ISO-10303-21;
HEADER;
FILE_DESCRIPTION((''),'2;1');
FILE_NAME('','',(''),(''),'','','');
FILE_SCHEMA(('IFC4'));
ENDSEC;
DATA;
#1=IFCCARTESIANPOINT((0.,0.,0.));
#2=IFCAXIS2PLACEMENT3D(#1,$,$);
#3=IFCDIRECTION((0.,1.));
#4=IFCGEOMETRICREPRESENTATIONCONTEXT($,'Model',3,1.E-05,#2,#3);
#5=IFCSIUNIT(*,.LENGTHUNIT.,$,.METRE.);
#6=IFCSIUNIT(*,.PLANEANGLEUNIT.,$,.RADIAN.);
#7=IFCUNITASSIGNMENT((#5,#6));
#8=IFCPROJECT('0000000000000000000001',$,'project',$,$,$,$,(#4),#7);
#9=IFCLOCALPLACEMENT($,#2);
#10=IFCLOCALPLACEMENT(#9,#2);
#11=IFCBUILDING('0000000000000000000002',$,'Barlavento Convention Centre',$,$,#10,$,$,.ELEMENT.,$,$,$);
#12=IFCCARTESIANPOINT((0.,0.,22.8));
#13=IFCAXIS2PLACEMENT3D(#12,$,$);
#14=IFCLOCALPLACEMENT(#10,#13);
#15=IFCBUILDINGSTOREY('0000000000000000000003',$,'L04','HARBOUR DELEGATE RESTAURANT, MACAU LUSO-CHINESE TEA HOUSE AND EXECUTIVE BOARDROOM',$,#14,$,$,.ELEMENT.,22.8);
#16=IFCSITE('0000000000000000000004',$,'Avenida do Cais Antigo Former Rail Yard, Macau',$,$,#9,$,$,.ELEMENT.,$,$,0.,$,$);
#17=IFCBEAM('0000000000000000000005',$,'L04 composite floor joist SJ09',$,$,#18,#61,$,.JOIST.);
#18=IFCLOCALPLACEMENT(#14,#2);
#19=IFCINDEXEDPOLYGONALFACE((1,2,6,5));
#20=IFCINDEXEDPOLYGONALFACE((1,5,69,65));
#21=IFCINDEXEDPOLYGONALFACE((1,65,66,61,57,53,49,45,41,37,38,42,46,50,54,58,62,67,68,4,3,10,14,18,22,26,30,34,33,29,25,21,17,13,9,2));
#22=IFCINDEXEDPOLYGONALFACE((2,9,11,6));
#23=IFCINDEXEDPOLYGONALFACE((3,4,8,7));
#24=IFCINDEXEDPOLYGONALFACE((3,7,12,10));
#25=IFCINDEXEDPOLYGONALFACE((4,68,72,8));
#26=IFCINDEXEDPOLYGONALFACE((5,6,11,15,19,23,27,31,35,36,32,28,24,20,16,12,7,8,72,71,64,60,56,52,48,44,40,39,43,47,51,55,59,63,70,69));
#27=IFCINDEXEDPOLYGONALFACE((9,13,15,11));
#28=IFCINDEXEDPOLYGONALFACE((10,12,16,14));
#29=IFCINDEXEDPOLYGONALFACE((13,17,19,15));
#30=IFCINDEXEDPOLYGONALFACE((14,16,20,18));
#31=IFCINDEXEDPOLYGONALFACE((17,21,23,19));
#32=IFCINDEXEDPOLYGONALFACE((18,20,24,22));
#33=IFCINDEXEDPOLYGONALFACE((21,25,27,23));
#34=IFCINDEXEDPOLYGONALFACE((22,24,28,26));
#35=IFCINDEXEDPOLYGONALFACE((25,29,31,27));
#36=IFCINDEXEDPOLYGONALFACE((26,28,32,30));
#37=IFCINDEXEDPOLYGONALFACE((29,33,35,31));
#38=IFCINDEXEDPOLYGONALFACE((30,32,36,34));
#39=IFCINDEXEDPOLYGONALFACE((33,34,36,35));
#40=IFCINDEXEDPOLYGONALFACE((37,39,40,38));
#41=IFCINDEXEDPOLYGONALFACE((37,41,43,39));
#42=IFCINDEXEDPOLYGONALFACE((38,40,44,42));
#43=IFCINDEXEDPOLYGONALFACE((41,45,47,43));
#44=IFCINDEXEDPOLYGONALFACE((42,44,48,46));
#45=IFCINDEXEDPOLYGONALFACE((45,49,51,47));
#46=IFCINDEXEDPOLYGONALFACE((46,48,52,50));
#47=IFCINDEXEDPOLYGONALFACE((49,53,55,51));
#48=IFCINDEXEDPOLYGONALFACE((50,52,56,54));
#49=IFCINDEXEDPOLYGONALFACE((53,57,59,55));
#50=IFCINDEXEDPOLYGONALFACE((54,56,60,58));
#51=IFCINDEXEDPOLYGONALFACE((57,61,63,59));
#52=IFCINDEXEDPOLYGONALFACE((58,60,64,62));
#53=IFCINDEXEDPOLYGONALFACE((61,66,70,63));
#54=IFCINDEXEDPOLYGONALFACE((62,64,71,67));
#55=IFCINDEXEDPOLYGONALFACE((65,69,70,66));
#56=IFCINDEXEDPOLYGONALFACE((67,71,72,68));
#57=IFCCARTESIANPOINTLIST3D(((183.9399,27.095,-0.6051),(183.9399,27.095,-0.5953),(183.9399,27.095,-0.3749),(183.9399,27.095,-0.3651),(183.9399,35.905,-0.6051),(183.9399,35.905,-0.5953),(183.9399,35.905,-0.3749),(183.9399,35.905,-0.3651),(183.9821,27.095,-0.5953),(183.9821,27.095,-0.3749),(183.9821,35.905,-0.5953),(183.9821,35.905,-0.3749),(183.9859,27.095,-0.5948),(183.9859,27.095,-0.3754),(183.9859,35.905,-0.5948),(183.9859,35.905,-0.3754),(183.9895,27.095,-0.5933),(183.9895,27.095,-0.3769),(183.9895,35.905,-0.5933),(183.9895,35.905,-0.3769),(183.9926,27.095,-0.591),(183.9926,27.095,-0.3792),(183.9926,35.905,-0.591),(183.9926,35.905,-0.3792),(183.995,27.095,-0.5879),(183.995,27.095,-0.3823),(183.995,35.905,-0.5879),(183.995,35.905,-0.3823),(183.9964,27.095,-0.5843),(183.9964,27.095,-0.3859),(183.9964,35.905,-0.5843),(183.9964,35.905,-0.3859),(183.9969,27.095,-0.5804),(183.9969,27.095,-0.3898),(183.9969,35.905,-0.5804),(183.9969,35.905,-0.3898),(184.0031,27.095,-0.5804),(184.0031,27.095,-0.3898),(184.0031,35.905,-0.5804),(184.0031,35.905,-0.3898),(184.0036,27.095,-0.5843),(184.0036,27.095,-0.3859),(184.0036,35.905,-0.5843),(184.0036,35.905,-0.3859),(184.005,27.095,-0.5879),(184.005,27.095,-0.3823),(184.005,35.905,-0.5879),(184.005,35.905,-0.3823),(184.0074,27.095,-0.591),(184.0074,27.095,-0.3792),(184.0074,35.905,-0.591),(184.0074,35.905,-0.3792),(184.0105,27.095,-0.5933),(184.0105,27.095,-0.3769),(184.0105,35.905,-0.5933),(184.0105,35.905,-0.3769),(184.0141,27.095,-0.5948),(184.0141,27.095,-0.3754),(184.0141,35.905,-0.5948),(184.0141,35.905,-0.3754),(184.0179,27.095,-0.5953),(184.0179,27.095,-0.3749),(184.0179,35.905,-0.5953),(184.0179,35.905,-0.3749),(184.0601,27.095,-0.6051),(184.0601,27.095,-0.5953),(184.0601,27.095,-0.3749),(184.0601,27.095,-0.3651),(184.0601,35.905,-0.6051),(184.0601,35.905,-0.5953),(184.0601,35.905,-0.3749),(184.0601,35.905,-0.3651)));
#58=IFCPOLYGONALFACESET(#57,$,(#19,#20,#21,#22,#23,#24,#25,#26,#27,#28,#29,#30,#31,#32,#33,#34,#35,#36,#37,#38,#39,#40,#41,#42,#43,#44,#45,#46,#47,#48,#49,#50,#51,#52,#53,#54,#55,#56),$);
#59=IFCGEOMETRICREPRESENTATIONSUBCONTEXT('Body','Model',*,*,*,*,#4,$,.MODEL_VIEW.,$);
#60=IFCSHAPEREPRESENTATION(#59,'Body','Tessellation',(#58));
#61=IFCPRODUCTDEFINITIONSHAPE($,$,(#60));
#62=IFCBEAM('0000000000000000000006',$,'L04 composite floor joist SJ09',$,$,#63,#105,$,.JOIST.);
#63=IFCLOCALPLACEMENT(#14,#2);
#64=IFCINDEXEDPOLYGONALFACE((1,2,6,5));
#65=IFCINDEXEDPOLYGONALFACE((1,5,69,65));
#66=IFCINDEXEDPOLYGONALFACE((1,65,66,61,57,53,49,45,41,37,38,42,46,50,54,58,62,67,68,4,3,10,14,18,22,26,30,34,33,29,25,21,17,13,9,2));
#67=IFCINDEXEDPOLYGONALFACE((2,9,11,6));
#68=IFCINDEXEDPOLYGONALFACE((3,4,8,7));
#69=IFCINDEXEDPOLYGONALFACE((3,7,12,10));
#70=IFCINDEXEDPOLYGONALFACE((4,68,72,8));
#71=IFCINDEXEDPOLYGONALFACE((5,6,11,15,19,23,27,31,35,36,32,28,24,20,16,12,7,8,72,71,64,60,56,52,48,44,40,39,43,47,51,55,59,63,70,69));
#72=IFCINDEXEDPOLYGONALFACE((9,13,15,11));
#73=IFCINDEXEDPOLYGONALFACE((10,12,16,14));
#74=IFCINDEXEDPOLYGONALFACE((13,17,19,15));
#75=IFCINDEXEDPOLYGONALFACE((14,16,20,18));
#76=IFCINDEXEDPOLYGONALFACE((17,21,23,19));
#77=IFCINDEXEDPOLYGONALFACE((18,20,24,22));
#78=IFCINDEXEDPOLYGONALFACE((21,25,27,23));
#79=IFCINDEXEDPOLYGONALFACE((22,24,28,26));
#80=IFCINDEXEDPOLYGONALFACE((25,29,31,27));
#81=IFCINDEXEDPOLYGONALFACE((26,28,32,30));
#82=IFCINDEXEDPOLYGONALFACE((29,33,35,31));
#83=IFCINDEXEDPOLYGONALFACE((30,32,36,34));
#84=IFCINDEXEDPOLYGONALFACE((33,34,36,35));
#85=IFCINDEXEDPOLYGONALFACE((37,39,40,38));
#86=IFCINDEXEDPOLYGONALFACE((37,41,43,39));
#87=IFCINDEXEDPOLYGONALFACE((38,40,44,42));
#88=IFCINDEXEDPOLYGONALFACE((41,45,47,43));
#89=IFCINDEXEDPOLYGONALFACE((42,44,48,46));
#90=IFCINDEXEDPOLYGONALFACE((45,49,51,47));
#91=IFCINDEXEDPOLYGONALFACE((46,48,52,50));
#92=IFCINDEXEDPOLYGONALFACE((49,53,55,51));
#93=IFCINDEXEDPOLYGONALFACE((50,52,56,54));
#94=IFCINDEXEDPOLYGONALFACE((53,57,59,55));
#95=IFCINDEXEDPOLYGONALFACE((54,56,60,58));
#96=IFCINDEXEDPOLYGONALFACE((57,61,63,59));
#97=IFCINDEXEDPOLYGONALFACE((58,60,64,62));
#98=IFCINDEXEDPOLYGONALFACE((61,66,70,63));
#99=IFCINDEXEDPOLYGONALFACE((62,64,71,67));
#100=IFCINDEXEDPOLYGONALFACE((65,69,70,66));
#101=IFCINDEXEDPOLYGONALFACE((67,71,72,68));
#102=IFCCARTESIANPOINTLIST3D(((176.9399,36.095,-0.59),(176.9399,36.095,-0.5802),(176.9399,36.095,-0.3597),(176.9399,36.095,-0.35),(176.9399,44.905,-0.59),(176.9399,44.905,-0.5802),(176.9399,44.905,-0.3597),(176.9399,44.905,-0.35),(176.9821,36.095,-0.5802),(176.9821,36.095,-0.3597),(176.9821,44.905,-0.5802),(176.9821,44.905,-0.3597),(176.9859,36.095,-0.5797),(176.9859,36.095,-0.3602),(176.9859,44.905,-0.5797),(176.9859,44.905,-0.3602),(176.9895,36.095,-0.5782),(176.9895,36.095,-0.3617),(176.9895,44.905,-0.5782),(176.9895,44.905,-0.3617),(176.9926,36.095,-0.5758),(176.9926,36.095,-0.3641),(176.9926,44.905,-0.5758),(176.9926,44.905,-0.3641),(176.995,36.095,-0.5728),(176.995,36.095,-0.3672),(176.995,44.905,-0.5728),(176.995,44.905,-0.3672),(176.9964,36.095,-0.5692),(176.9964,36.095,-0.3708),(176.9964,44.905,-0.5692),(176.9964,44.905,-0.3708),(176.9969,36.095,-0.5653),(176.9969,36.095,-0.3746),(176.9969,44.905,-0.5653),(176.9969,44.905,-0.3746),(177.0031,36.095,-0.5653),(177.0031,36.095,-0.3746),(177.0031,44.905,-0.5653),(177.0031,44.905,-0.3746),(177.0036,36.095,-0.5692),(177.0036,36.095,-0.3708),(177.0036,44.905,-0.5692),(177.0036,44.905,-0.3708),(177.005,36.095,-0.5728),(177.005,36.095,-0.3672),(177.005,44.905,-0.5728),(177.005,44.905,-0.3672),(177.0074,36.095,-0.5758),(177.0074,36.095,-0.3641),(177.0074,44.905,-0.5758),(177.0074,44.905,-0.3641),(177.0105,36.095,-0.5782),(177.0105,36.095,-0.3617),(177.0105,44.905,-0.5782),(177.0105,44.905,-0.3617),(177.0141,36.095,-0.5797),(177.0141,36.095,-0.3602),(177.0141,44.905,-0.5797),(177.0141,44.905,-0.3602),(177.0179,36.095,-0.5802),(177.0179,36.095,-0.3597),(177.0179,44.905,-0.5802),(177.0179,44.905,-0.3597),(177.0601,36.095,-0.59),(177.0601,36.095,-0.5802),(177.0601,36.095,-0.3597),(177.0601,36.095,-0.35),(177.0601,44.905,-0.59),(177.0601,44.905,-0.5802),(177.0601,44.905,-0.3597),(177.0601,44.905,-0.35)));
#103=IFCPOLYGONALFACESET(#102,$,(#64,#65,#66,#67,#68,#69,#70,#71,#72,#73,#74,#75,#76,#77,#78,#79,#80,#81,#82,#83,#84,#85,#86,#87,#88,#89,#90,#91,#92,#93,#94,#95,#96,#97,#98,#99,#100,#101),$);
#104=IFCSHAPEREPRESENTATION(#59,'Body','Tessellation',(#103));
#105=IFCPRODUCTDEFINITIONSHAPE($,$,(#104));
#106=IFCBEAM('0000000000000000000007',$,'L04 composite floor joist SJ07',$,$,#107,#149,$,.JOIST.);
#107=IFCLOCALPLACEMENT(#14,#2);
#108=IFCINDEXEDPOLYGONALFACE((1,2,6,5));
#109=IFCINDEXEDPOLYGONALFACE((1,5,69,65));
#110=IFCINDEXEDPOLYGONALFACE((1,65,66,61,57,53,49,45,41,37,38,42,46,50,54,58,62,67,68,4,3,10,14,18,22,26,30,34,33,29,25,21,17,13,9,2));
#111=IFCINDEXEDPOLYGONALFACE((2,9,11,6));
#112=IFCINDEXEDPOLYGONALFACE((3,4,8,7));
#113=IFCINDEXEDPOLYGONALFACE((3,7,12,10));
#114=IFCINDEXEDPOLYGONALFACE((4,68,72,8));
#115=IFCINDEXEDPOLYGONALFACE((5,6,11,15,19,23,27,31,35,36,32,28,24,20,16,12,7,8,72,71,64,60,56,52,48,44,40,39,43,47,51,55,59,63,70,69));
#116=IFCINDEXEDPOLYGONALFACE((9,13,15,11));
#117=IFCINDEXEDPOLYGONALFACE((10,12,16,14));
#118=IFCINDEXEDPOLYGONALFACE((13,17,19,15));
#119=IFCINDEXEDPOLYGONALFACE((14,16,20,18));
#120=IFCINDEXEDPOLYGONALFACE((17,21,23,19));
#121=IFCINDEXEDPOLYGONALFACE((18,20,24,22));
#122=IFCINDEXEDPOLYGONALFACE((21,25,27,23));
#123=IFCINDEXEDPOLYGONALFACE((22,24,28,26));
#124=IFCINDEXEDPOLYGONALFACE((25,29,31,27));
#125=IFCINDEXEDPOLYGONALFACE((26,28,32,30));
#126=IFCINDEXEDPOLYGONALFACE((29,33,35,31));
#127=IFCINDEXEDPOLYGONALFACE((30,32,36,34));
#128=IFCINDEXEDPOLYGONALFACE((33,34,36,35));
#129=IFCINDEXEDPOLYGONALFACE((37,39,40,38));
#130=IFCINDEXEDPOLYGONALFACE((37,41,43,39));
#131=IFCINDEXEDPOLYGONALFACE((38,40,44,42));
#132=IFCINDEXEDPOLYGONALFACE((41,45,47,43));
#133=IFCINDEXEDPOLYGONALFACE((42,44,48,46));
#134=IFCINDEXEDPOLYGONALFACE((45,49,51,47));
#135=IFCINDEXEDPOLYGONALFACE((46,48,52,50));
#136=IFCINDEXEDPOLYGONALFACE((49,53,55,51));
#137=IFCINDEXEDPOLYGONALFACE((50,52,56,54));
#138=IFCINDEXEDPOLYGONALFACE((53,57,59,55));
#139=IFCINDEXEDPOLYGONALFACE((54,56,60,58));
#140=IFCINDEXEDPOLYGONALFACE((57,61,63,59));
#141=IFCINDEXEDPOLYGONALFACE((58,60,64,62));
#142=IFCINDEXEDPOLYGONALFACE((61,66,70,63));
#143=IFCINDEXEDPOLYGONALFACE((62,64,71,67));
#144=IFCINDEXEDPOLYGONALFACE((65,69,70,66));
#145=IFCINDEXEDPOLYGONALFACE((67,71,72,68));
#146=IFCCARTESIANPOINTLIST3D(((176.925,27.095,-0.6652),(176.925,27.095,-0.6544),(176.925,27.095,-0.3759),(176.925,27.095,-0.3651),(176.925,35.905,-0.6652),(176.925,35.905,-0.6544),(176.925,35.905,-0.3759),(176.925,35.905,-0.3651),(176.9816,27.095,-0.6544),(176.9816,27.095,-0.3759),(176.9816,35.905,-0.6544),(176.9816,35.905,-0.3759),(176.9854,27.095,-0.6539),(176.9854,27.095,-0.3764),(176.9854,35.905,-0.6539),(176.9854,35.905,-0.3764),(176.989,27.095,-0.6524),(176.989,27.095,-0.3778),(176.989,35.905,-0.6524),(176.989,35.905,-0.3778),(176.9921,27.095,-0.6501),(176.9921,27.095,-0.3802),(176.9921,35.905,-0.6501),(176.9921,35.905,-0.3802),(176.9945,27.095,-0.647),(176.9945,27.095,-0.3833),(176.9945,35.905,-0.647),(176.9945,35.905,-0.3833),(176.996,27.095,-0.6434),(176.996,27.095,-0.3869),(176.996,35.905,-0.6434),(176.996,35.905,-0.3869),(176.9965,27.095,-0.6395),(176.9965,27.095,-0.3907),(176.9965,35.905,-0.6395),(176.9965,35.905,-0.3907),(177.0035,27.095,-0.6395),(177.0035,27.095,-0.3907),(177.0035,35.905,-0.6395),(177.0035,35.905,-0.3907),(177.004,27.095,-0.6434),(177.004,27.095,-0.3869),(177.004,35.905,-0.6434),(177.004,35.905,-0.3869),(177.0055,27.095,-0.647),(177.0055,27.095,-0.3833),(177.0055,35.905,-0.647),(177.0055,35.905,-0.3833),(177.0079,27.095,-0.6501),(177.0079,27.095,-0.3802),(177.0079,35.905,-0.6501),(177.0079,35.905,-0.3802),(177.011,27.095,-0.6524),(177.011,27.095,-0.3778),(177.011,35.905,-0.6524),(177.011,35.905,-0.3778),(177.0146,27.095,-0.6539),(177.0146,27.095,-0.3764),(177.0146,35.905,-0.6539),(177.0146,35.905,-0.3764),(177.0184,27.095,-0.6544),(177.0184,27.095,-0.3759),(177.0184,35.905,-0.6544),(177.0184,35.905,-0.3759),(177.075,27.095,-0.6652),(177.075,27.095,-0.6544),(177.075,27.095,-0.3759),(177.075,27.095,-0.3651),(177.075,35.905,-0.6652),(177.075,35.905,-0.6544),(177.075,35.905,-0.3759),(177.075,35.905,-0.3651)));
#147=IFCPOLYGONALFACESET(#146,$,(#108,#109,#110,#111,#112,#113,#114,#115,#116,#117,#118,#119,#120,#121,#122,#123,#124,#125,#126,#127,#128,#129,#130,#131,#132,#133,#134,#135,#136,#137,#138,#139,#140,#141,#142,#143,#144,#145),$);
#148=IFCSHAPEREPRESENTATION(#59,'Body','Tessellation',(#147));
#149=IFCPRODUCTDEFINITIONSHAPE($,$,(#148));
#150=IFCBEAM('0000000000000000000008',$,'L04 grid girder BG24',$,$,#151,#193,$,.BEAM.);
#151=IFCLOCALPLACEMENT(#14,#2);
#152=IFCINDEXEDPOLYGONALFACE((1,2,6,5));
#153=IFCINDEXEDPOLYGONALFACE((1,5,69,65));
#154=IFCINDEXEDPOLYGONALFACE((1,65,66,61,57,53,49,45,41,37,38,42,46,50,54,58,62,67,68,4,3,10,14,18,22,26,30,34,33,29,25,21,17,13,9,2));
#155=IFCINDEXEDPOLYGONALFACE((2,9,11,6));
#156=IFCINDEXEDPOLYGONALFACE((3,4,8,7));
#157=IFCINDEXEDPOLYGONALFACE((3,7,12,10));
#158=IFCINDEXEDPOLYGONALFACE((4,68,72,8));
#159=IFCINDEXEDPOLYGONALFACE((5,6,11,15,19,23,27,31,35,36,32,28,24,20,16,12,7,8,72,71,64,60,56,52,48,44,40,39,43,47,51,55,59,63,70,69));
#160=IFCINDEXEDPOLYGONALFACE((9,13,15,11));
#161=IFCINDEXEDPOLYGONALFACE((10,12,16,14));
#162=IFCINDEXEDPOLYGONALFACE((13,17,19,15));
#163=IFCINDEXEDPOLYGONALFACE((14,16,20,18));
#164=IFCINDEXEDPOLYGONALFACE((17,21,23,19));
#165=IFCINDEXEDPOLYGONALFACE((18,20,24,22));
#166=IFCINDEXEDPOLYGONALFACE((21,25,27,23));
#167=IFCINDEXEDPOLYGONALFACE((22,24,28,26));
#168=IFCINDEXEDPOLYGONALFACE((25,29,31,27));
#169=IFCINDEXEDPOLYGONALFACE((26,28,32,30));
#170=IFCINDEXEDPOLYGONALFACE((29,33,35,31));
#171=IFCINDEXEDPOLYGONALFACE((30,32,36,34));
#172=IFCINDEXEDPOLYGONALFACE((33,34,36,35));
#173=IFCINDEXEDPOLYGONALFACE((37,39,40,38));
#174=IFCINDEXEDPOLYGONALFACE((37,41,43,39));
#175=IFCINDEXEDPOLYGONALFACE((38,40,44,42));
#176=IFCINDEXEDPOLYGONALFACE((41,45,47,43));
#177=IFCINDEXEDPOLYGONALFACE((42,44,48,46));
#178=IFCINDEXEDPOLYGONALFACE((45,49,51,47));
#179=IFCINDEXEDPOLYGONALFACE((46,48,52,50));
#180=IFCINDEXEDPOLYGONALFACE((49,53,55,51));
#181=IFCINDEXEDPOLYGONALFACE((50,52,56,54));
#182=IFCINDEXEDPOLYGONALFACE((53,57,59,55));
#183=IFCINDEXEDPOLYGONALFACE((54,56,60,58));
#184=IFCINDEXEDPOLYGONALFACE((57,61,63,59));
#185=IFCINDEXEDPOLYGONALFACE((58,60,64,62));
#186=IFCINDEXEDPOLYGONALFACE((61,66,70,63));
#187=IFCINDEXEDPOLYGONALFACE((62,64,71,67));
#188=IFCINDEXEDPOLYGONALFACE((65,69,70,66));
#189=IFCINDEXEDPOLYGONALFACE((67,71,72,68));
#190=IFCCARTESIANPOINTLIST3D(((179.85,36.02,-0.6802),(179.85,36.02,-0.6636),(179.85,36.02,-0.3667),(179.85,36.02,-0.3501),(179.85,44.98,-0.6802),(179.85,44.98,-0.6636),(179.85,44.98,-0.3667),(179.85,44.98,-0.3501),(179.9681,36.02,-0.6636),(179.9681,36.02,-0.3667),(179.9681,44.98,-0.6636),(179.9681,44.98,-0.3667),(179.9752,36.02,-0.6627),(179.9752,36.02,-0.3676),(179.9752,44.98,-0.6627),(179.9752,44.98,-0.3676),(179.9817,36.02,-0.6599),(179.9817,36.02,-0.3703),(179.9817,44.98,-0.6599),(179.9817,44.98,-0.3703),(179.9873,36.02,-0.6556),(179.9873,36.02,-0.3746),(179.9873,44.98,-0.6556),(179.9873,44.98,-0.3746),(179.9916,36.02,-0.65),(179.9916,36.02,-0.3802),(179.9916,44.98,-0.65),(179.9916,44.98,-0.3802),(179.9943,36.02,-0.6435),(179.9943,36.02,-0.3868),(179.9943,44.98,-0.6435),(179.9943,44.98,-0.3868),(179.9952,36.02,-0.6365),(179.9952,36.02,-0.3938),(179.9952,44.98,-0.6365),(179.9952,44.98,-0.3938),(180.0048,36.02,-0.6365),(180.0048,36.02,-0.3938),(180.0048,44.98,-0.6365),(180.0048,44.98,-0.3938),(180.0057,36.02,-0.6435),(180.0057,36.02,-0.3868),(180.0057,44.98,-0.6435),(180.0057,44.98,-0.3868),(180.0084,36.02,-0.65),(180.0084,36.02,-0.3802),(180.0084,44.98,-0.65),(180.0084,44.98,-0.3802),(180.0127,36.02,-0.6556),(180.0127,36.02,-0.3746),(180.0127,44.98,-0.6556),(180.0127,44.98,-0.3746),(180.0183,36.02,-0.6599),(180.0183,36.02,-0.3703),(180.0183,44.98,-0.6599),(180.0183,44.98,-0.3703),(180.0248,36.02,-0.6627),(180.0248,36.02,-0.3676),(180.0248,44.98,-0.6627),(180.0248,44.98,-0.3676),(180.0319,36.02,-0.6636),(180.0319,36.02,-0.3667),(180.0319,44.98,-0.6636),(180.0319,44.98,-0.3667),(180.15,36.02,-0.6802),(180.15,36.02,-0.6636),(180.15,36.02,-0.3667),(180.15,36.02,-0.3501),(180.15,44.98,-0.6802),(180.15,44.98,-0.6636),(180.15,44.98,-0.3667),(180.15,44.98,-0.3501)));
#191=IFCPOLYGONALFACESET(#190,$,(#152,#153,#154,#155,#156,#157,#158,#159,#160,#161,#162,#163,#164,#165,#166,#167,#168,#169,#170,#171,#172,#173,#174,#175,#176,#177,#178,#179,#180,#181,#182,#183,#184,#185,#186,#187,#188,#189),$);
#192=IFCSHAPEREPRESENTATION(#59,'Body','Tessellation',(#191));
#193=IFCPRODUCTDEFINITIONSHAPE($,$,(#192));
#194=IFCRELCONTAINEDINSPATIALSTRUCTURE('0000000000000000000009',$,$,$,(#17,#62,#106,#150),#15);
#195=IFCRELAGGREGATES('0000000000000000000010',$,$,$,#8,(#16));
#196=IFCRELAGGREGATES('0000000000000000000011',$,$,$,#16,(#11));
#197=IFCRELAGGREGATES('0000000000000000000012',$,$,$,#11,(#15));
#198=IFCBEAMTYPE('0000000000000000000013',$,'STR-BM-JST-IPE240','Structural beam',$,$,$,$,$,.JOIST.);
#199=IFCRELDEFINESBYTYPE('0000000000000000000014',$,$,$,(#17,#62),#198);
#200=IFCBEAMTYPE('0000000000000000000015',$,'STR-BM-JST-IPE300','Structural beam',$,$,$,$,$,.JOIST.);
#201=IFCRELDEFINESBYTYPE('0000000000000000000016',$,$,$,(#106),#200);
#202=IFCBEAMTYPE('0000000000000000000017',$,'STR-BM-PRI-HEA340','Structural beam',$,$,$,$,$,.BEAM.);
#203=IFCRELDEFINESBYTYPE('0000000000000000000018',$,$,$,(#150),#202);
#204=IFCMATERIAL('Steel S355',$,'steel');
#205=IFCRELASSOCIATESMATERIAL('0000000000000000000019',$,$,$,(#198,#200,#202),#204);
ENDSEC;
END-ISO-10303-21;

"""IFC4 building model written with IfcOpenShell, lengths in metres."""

from ifc_helpers import new_model, si_unit, direction, frame, origin, origin_2d, place, context, subcontext, project, spatial, i_section, extrude, material, material_profile, profile_set, type_object, element, save


model = new_model("IFC4")

# Units and contexts
model_context = context("Model", 3, precision=1e-05, world=origin(), true_north=direction((0.0, 1.0)))
body_context = subcontext(model_context, "Body", "Model", "MODEL_VIEW")
ifc_project = project(units=[si_unit("LENGTHUNIT", "METRE"), si_unit("PLANEANGLEUNIT", "RADIAN")], contexts=[model_context])

# Site, building, storey
site_placement = place(None, origin())
site = spatial("IfcSite", under=ifc_project, at=site_placement, Name="Avenida do Cais Antigo Former Rail Yard, Macau", CompositionType="ELEMENT", RefElevation=0.0)
building_placement = place(site_placement, origin())
building = spatial("IfcBuilding", under=site, at=building_placement, Name="Barlavento Convention Centre", CompositionType="ELEMENT")
storey_placement = place(building_placement, frame((0.0, 0.0, 22.8)))
storey = spatial("IfcBuildingStorey", under=building, at=storey_placement, Name="L04", Description="HARBOUR DELEGATE RESTAURANT, MACAU LUSO-CHINESE TEA HOUSE AND EXECUTIVE BOARDROOM", CompositionType="ELEMENT", Elevation=22.8)

# Shared definitions
ifc_material_1 = material(Name="Steel S355", Category="steel")

# Beams
ifc_material_profile_1 = material_profile(ifc_material_1, i_section(OverallWidth=0.1201, OverallDepth=0.24, WebThickness=0.0061, FlangeThickness=0.0098, FilletRadius=0.0149, at=origin_2d()), Name="IPE 240")
ifc_profile_set_1 = profile_set([ifc_material_profile_1], Name="Steel S355")
beam_type_1 = type_object("IfcBeamType", Name="STR-BM-JST-IPE240", Description="Structural beam", PredefinedType="JOIST", material=ifc_profile_set_1)
for number, where, z_axis, x_axis, name in (
    (1, (184.0, 27.095, -0.4851), (0.0, 1.0, 0.0), (-1.0, 0.0, 0.0), "L04 composite floor joist SJ09"),
    (2, (177.0, 36.095, -0.47), (0.0, 1.0, 0.0), (-1.0, 0.0, 0.0), "L04 composite floor joist SJ09"),
):
    element("IfcBeam", number, at=place(storey_placement, frame(where, z_axis=z_axis, x_axis=x_axis)), inside=storey, type_object=beam_type_1, Name=name, PredefinedType="JOIST", context=body_context, shape_type="SweptSolid", body=[
        extrude(i_section(OverallWidth=0.1201, OverallDepth=0.24, WebThickness=0.0061, FlangeThickness=0.0098, FilletRadius=0.0149, at=origin_2d()), origin(), (0.0, 0.0, 1.0), 8.8101),
    ])
ifc_material_profile_2 = material_profile(ifc_material_1, i_section(OverallWidth=0.1499, OverallDepth=0.3, WebThickness=0.0071, FlangeThickness=0.0107, FilletRadius=0.0149, at=origin_2d()), Name="IPE 300")
ifc_profile_set_2 = profile_set([ifc_material_profile_2], Name="Steel S355")
beam_type_2 = type_object("IfcBeamType", Name="STR-BM-JST-IPE300", Description="Structural beam", PredefinedType="JOIST", material=ifc_profile_set_2)
beam_1_placement = place(storey_placement, frame((177.0, 27.095, -0.5151), z_axis=(0.0, 1.0, 0.0), x_axis=(-1.0, 0.0, 0.0)))
element("IfcBeam", 3, at=beam_1_placement, inside=storey, type_object=beam_type_2, Name="L04 composite floor joist SJ07", PredefinedType="JOIST", context=body_context, shape_type="SweptSolid", body=[
    extrude(i_section(OverallWidth=0.1499, OverallDepth=0.3, WebThickness=0.0071, FlangeThickness=0.0107, FilletRadius=0.0149, at=origin_2d()), origin(), (0.0, 0.0, 1.0), 8.8101),
])
ifc_material_profile_3 = material_profile(ifc_material_1, i_section(OverallWidth=0.3, OverallDepth=0.3301, WebThickness=0.0095, FlangeThickness=0.0166, FilletRadius=0.0271, at=origin_2d()), Name="HEA 340")
ifc_profile_set_3 = profile_set([ifc_material_profile_3], Name="Steel S355")
beam_type_3 = type_object("IfcBeamType", Name="STR-BM-PRI-HEA340", Description="Structural beam", PredefinedType="BEAM", material=ifc_profile_set_3)
beam_2_placement = place(storey_placement, frame((180.0, 36.02, -0.5151), z_axis=(0.0, 1.0, 0.0), x_axis=(-1.0, 0.0, 0.0)))
element("IfcBeam", 4, at=beam_2_placement, inside=storey, type_object=beam_type_3, Name="L04 grid girder BG24", PredefinedType="BEAM", context=body_context, shape_type="SweptSolid", body=[
    extrude(i_section(OverallWidth=0.3, OverallDepth=0.3301, WebThickness=0.0095, FlangeThickness=0.0166, FilletRadius=0.0271, at=origin_2d()), origin(), (0.0, 0.0, 1.0), 8.96),
])

save(model, "model.ifc")
